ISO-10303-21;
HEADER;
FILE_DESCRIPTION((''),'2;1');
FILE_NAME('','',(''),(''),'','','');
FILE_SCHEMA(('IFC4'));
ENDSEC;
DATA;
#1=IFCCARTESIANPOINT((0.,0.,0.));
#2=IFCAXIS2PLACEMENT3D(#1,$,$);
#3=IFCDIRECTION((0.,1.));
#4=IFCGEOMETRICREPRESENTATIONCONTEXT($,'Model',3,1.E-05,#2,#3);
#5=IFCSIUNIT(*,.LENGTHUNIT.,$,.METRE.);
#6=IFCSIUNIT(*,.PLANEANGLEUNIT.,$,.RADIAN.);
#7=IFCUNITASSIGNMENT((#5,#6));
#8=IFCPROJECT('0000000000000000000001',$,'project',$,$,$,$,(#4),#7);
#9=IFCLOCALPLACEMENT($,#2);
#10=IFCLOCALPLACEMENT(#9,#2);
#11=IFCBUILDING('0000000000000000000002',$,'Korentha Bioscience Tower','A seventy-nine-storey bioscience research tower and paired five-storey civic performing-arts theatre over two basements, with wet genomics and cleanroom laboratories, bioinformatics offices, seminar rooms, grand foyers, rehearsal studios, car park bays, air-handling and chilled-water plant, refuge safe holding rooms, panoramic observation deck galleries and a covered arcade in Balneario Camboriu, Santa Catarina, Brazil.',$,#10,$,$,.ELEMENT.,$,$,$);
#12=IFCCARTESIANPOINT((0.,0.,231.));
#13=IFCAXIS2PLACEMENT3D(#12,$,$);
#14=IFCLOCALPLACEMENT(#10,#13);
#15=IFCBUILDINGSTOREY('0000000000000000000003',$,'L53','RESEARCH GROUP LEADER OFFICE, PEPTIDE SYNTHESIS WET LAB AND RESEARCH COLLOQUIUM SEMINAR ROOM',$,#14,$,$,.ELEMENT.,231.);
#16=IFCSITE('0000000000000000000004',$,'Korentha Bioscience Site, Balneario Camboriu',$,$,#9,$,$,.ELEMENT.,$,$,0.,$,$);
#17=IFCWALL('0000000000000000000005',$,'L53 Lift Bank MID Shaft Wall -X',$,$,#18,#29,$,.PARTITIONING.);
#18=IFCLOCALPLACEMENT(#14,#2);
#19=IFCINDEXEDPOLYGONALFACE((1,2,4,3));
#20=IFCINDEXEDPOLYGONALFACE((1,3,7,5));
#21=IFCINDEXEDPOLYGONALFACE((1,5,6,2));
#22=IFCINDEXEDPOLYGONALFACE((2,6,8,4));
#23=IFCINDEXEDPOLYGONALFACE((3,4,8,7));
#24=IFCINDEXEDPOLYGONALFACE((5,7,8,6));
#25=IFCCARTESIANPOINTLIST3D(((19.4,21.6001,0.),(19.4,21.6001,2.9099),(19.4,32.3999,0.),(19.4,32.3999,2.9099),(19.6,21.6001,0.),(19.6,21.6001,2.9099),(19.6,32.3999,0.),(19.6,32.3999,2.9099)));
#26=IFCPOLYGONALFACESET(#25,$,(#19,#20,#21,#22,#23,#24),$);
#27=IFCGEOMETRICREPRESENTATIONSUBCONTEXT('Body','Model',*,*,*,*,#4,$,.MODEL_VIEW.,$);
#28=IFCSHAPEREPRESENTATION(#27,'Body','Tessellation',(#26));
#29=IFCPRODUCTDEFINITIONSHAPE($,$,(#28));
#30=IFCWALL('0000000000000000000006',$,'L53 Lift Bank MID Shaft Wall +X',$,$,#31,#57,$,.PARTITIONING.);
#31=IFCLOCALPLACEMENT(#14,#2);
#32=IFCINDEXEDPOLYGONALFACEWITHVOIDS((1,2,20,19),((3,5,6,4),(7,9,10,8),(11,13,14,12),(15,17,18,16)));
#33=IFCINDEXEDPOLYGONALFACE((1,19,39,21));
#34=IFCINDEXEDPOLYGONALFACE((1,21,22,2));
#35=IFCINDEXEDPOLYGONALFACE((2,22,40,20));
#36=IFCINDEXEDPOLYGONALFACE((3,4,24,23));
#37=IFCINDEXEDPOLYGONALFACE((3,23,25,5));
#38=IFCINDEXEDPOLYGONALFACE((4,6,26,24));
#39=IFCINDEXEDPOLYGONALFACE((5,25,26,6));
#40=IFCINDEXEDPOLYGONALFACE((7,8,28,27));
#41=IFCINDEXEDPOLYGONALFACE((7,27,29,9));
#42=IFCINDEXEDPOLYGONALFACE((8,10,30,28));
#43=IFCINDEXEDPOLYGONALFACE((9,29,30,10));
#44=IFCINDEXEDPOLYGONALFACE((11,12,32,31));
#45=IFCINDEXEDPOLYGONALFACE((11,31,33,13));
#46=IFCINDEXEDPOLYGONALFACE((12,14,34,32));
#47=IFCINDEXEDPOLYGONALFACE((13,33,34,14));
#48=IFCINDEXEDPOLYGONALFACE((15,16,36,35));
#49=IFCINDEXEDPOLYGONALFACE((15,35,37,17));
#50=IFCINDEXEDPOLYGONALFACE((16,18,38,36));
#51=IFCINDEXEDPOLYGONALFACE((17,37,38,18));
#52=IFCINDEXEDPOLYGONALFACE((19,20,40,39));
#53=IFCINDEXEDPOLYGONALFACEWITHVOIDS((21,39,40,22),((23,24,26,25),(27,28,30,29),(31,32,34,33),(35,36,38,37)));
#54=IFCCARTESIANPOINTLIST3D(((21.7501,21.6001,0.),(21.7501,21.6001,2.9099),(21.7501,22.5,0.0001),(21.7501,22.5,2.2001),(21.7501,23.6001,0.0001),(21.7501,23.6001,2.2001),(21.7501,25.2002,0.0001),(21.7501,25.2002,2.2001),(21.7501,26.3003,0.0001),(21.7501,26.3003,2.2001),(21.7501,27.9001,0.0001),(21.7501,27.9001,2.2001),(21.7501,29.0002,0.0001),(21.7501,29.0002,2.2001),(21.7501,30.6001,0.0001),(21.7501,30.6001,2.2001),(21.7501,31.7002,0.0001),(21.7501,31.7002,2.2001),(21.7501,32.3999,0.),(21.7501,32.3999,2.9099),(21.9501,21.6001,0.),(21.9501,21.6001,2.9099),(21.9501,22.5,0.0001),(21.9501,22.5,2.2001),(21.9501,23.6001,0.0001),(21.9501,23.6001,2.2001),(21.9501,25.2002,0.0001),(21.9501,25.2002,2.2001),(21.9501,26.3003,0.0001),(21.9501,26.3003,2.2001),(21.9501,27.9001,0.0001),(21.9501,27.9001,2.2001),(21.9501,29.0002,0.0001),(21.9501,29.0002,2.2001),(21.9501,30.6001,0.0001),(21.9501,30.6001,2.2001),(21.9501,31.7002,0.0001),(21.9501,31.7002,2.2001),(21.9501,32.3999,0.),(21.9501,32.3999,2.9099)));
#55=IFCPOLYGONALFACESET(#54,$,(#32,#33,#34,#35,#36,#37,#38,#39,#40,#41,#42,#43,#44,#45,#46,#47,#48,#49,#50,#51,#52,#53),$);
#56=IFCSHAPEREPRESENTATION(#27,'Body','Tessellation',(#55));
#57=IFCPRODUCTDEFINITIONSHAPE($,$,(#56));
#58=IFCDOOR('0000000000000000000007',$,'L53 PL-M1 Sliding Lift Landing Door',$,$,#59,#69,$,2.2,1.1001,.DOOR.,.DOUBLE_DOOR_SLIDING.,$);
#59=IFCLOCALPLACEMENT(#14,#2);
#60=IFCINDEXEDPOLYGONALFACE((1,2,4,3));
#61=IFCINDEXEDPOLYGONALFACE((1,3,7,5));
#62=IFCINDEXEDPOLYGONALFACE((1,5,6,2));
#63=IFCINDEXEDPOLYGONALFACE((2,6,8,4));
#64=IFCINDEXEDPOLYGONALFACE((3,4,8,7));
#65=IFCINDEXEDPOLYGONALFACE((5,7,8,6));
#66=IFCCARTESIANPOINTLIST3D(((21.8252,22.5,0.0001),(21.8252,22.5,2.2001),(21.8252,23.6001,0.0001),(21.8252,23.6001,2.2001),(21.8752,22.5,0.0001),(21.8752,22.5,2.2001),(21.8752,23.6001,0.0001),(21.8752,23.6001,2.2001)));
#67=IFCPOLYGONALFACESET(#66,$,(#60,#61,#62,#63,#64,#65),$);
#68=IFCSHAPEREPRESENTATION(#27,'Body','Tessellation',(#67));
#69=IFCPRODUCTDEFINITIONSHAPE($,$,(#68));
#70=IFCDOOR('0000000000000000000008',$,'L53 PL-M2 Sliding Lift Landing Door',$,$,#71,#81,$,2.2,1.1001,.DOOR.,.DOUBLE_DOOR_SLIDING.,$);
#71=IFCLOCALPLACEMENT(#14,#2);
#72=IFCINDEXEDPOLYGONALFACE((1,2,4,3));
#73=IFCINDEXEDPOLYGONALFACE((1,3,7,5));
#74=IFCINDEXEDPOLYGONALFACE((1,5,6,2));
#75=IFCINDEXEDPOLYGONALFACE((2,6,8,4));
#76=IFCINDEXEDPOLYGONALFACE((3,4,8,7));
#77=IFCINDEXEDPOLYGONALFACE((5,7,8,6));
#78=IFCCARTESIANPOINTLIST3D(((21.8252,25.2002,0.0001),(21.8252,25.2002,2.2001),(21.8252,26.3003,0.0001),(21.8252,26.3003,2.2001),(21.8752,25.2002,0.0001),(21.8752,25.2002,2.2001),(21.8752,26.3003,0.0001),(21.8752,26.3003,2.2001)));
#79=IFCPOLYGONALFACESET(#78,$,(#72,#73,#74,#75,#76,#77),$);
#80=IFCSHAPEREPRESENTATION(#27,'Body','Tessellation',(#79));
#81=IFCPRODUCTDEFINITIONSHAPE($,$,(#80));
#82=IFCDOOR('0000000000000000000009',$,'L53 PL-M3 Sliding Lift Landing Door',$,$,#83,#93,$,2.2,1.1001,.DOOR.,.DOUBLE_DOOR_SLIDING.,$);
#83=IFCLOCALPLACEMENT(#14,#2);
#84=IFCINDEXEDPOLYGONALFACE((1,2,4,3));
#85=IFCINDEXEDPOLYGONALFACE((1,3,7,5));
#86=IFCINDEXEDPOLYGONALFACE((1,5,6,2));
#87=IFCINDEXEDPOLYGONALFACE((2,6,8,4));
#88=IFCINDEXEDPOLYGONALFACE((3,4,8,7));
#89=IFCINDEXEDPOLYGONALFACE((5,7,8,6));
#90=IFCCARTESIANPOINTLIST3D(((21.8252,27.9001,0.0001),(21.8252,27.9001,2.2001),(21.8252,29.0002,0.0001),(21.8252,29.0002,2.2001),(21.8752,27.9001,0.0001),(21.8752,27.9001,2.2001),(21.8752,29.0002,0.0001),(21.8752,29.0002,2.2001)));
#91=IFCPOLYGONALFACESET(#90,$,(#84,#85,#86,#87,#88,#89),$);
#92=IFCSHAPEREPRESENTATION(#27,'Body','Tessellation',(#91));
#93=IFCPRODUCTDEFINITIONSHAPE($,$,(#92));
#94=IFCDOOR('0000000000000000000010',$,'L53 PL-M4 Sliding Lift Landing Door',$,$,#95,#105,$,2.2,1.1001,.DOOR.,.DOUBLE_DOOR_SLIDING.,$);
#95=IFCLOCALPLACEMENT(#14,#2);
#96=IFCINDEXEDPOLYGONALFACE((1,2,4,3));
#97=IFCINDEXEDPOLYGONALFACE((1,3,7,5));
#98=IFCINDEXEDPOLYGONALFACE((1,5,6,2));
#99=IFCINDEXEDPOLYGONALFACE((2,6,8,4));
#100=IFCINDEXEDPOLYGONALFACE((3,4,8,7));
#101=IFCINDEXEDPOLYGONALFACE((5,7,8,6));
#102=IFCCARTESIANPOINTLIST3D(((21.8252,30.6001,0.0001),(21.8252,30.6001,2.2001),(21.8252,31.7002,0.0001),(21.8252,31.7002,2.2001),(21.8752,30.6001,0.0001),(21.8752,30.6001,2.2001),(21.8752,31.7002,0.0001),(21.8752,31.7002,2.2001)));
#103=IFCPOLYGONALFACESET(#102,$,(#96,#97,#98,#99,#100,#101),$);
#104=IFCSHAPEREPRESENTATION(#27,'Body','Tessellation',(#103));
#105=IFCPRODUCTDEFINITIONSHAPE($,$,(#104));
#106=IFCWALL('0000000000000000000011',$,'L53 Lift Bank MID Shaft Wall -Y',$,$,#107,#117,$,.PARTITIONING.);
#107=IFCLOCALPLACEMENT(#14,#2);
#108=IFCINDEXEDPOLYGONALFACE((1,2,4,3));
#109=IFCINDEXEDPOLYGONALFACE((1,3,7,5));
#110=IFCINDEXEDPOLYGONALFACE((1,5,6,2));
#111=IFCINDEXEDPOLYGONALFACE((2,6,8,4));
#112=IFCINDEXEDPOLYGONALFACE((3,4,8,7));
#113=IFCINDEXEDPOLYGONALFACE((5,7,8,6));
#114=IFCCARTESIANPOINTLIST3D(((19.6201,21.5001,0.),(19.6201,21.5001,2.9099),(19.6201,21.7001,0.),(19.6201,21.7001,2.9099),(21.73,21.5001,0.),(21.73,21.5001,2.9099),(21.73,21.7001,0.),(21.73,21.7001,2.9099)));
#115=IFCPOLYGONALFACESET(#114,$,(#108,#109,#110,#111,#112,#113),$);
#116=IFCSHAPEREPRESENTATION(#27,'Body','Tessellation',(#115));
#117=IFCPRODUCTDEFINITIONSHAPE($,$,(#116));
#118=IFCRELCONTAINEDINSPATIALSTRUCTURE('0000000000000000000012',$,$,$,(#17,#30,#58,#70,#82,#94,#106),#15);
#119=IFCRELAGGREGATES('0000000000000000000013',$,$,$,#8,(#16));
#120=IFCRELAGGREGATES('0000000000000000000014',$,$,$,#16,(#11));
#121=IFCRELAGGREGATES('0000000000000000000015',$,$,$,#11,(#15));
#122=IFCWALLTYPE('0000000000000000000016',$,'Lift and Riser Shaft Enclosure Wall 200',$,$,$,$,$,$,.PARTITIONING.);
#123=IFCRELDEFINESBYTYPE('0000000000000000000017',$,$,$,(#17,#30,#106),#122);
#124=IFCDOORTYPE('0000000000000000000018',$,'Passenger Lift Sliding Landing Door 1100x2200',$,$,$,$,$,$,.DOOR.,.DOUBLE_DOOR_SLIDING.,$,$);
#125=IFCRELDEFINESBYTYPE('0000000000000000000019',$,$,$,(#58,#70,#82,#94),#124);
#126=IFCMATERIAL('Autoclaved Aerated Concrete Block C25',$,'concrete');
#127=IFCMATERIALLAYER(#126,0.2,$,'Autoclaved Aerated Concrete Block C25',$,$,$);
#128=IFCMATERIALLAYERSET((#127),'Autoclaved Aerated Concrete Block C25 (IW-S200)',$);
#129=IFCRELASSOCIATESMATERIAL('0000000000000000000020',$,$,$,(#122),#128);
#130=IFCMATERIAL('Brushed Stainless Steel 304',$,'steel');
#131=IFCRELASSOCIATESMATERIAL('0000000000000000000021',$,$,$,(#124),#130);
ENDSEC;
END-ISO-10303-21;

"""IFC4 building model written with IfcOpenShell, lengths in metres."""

from ifc_helpers import new_model, si_unit, direction, frame, frame_2d, origin, place, context, subcontext, project, spatial, rectangle, extrude, material, layer, layer_set, type_object, element, fill, save


model = new_model("IFC4")

# Units and contexts
model_context = context("Model", 3, precision=1e-05, world=origin(), true_north=direction((0.0, 1.0)))
body_context = subcontext(model_context, "Body", "Model", "MODEL_VIEW")
ifc_project = project(units=[si_unit("LENGTHUNIT", "METRE"), si_unit("PLANEANGLEUNIT", "RADIAN")], contexts=[model_context])

# Site, building, storey
site_placement = place(None, origin())
site = spatial("IfcSite", under=ifc_project, at=site_placement, Name="Korentha Bioscience Site, Balneario Camboriu", CompositionType="ELEMENT", RefElevation=0.0)
building_placement = place(site_placement, origin())
building = spatial("IfcBuilding", under=site, at=building_placement, Name="Korentha Bioscience Tower", Description="A seventy-nine-storey bioscience research tower and paired five-storey civic performing-arts theatre over two basements, with wet genomics and cleanroom laboratories, bioinformatics offices, seminar rooms, grand foyers, rehearsal studios, car park bays, air-handling and chilled-water plant, refuge safe holding rooms, panoramic observation deck galleries and a covered arcade in Balneario Camboriu, Santa Catarina, Brazil.", CompositionType="ELEMENT")
storey_placement = place(building_placement, frame((0.0, 0.0, 231.0)))
storey = spatial("IfcBuildingStorey", under=building, at=storey_placement, Name="L53", Description="RESEARCH GROUP LEADER OFFICE, PEPTIDE SYNTHESIS WET LAB AND RESEARCH COLLOQUIUM SEMINAR ROOM", CompositionType="ELEMENT", Elevation=231.0)

# Wall
ifc_material_1 = material(Name="Autoclaved Aerated Concrete Block C25", Category="concrete")
ifc_layer_1 = layer(ifc_material_1, 0.2, Name="Autoclaved Aerated Concrete Block C25")
ifc_layer_set_1 = layer_set([ifc_layer_1], Name="Autoclaved Aerated Concrete Block C25 (IW-S200)")
wall_type_1 = type_object("IfcWallType", Name="Lift and Riser Shaft Enclosure Wall 200", PredefinedType="PARTITIONING", material=ifc_layer_set_1)
wall_1_placement = place(storey_placement, frame((19.5, 21.6001, 0.0), z_axis=(0.0, 0.0, 1.0), x_axis=(0.0, 1.0, 0.0)))
element("IfcWall", 1, at=wall_1_placement, inside=storey, type_object=wall_type_1, Name="L53 Lift Bank MID Shaft Wall -X", PredefinedType="PARTITIONING", context=body_context, shape_type="SweptSolid", body=[
    extrude(rectangle(XDim=10.7998, YDim=0.2, at=frame_2d((5.3999, 0.0))), origin(), (0.0, 0.0, 1.0), 2.9099),
])

# Wall, openings, doors
wall_2_placement = place(storey_placement, frame((21.8501, 21.6001, 0.0), z_axis=(0.0, 0.0, 1.0), x_axis=(0.0, 1.0, 0.0)))
wall_2 = element("IfcWall", 2, at=wall_2_placement, inside=storey, type_object=wall_type_1, Name="L53 Lift Bank MID Shaft Wall +X", PredefinedType="PARTITIONING", context=body_context, shape_type="SweptSolid", body=[
    extrude(rectangle(XDim=10.7998, YDim=0.2, at=frame_2d((5.3999, 0.0))), origin(), (0.0, 0.0, 1.0), 2.9099),
])
opening_1_placement = place(wall_2_placement, frame((0.8999, 0.0, 0.0)))
opening_1 = element("IfcOpeningElement", 3, at=opening_1_placement, cuts=wall_2, PredefinedType="OPENING", context=body_context, shape_type="SweptSolid", body=[
    extrude(rectangle(XDim=1.1001, YDim=2.2, at=frame_2d((0.55, 1.1001))), frame((0.0, 0.1147, 0.0), z_axis=(0.0, -1.0, 0.0), x_axis=(1.0, 0.0, 0.0)), (0.0, 0.0, 1.0), 0.2297),
])
opening_2_placement = place(wall_2_placement, frame((3.6001, 0.0, 0.0)))
opening_2 = element("IfcOpeningElement", 4, at=opening_2_placement, cuts=wall_2, PredefinedType="OPENING", context=body_context, shape_type="SweptSolid", body=[
    extrude(rectangle(XDim=1.1001, YDim=2.2, at=frame_2d((0.55, 1.1001))), frame((0.0, 0.1147, 0.0), z_axis=(0.0, -1.0, 0.0), x_axis=(1.0, 0.0, 0.0)), (0.0, 0.0, 1.0), 0.2297),
])
opening_3_placement = place(wall_2_placement, frame((6.3, 0.0, 0.0)))
opening_3 = element("IfcOpeningElement", 5, at=opening_3_placement, cuts=wall_2, PredefinedType="OPENING", context=body_context, shape_type="SweptSolid", body=[
    extrude(rectangle(XDim=1.1001, YDim=2.2, at=frame_2d((0.55, 1.1001))), frame((0.0, 0.1147, 0.0), z_axis=(0.0, -1.0, 0.0), x_axis=(1.0, 0.0, 0.0)), (0.0, 0.0, 1.0), 0.2297),
])
opening_4_placement = place(wall_2_placement, frame((9.0, 0.0, 0.0)))
opening_4 = element("IfcOpeningElement", 6, at=opening_4_placement, cuts=wall_2, PredefinedType="OPENING", context=body_context, shape_type="SweptSolid", body=[
    extrude(rectangle(XDim=1.1001, YDim=2.2, at=frame_2d((0.55, 1.1001))), frame((0.0, 0.1147, 0.0), z_axis=(0.0, -1.0, 0.0), x_axis=(1.0, 0.0, 0.0)), (0.0, 0.0, 1.0), 0.2297),
])
ifc_material_2 = material(Name="Brushed Stainless Steel 304", Category="steel")
door_type_1 = type_object("IfcDoorType", Name="Passenger Lift Sliding Landing Door 1100x2200", OperationType="DOUBLE_DOOR_SLIDING", PredefinedType="DOOR", material=ifc_material_2)
door_1_placement = place(opening_1_placement, origin())
door_1 = element("IfcDoor", 7, at=door_1_placement, inside=storey, type_object=door_type_1, Name="L53 PL-M1 Sliding Lift Landing Door", OperationType="DOUBLE_DOOR_SLIDING", OverallHeight=2.2, OverallWidth=1.1001, PredefinedType="DOOR", context=body_context, shape_type="SweptSolid", body=[
    extrude(rectangle(XDim=1.1001, YDim=2.2, at=frame_2d((0.55, 1.1001))), frame((0.0, 0.0249, 0.0), z_axis=(0.0, -1.0, 0.0), x_axis=(1.0, 0.0, 0.0)), (0.0, 0.0, 1.0), 0.05),
])
fill(opening_1, door_1)
door_2_placement = place(opening_2_placement, origin())
door_2 = element("IfcDoor", 8, at=door_2_placement, inside=storey, type_object=door_type_1, Name="L53 PL-M2 Sliding Lift Landing Door", OperationType="DOUBLE_DOOR_SLIDING", OverallHeight=2.2, OverallWidth=1.1001, PredefinedType="DOOR", context=body_context, shape_type="SweptSolid", body=[
    extrude(rectangle(XDim=1.1001, YDim=2.2, at=frame_2d((0.55, 1.1001))), frame((0.0, 0.0249, 0.0), z_axis=(0.0, -1.0, 0.0), x_axis=(1.0, 0.0, 0.0)), (0.0, 0.0, 1.0), 0.05),
])
fill(opening_2, door_2)
door_3_placement = place(opening_3_placement, origin())
door_3 = element("IfcDoor", 9, at=door_3_placement, inside=storey, type_object=door_type_1, Name="L53 PL-M3 Sliding Lift Landing Door", OperationType="DOUBLE_DOOR_SLIDING", OverallHeight=2.2, OverallWidth=1.1001, PredefinedType="DOOR", context=body_context, shape_type="SweptSolid", body=[
    extrude(rectangle(XDim=1.1001, YDim=2.2, at=frame_2d((0.55, 1.1001))), frame((0.0, 0.0249, 0.0), z_axis=(0.0, -1.0, 0.0), x_axis=(1.0, 0.0, 0.0)), (0.0, 0.0, 1.0), 0.05),
])
fill(opening_3, door_3)
door_4_placement = place(opening_4_placement, origin())
door_4 = element("IfcDoor", 10, at=door_4_placement, inside=storey, type_object=door_type_1, Name="L53 PL-M4 Sliding Lift Landing Door", OperationType="DOUBLE_DOOR_SLIDING", OverallHeight=2.2, OverallWidth=1.1001, PredefinedType="DOOR", context=body_context, shape_type="SweptSolid", body=[
    extrude(rectangle(XDim=1.1001, YDim=2.2, at=frame_2d((0.55, 1.1001))), frame((0.0, 0.0249, 0.0), z_axis=(0.0, -1.0, 0.0), x_axis=(1.0, 0.0, 0.0)), (0.0, 0.0, 1.0), 0.05),
])
fill(opening_4, door_4)

# Wall
wall_3_placement = place(storey_placement, frame((19.6201, 21.6001, 0.0), z_axis=(0.0, 0.0, 1.0), x_axis=(1.0, 0.0, 0.0)))
element("IfcWall", 11, at=wall_3_placement, inside=storey, type_object=wall_type_1, Name="L53 Lift Bank MID Shaft Wall -Y", PredefinedType="PARTITIONING", context=body_context, shape_type="SweptSolid", body=[
    extrude(rectangle(XDim=2.1099, YDim=0.2, at=frame_2d((1.0549, 0.0))), origin(), (0.0, 0.0, 1.0), 2.9099),
])

save(model, "model.ifc")
